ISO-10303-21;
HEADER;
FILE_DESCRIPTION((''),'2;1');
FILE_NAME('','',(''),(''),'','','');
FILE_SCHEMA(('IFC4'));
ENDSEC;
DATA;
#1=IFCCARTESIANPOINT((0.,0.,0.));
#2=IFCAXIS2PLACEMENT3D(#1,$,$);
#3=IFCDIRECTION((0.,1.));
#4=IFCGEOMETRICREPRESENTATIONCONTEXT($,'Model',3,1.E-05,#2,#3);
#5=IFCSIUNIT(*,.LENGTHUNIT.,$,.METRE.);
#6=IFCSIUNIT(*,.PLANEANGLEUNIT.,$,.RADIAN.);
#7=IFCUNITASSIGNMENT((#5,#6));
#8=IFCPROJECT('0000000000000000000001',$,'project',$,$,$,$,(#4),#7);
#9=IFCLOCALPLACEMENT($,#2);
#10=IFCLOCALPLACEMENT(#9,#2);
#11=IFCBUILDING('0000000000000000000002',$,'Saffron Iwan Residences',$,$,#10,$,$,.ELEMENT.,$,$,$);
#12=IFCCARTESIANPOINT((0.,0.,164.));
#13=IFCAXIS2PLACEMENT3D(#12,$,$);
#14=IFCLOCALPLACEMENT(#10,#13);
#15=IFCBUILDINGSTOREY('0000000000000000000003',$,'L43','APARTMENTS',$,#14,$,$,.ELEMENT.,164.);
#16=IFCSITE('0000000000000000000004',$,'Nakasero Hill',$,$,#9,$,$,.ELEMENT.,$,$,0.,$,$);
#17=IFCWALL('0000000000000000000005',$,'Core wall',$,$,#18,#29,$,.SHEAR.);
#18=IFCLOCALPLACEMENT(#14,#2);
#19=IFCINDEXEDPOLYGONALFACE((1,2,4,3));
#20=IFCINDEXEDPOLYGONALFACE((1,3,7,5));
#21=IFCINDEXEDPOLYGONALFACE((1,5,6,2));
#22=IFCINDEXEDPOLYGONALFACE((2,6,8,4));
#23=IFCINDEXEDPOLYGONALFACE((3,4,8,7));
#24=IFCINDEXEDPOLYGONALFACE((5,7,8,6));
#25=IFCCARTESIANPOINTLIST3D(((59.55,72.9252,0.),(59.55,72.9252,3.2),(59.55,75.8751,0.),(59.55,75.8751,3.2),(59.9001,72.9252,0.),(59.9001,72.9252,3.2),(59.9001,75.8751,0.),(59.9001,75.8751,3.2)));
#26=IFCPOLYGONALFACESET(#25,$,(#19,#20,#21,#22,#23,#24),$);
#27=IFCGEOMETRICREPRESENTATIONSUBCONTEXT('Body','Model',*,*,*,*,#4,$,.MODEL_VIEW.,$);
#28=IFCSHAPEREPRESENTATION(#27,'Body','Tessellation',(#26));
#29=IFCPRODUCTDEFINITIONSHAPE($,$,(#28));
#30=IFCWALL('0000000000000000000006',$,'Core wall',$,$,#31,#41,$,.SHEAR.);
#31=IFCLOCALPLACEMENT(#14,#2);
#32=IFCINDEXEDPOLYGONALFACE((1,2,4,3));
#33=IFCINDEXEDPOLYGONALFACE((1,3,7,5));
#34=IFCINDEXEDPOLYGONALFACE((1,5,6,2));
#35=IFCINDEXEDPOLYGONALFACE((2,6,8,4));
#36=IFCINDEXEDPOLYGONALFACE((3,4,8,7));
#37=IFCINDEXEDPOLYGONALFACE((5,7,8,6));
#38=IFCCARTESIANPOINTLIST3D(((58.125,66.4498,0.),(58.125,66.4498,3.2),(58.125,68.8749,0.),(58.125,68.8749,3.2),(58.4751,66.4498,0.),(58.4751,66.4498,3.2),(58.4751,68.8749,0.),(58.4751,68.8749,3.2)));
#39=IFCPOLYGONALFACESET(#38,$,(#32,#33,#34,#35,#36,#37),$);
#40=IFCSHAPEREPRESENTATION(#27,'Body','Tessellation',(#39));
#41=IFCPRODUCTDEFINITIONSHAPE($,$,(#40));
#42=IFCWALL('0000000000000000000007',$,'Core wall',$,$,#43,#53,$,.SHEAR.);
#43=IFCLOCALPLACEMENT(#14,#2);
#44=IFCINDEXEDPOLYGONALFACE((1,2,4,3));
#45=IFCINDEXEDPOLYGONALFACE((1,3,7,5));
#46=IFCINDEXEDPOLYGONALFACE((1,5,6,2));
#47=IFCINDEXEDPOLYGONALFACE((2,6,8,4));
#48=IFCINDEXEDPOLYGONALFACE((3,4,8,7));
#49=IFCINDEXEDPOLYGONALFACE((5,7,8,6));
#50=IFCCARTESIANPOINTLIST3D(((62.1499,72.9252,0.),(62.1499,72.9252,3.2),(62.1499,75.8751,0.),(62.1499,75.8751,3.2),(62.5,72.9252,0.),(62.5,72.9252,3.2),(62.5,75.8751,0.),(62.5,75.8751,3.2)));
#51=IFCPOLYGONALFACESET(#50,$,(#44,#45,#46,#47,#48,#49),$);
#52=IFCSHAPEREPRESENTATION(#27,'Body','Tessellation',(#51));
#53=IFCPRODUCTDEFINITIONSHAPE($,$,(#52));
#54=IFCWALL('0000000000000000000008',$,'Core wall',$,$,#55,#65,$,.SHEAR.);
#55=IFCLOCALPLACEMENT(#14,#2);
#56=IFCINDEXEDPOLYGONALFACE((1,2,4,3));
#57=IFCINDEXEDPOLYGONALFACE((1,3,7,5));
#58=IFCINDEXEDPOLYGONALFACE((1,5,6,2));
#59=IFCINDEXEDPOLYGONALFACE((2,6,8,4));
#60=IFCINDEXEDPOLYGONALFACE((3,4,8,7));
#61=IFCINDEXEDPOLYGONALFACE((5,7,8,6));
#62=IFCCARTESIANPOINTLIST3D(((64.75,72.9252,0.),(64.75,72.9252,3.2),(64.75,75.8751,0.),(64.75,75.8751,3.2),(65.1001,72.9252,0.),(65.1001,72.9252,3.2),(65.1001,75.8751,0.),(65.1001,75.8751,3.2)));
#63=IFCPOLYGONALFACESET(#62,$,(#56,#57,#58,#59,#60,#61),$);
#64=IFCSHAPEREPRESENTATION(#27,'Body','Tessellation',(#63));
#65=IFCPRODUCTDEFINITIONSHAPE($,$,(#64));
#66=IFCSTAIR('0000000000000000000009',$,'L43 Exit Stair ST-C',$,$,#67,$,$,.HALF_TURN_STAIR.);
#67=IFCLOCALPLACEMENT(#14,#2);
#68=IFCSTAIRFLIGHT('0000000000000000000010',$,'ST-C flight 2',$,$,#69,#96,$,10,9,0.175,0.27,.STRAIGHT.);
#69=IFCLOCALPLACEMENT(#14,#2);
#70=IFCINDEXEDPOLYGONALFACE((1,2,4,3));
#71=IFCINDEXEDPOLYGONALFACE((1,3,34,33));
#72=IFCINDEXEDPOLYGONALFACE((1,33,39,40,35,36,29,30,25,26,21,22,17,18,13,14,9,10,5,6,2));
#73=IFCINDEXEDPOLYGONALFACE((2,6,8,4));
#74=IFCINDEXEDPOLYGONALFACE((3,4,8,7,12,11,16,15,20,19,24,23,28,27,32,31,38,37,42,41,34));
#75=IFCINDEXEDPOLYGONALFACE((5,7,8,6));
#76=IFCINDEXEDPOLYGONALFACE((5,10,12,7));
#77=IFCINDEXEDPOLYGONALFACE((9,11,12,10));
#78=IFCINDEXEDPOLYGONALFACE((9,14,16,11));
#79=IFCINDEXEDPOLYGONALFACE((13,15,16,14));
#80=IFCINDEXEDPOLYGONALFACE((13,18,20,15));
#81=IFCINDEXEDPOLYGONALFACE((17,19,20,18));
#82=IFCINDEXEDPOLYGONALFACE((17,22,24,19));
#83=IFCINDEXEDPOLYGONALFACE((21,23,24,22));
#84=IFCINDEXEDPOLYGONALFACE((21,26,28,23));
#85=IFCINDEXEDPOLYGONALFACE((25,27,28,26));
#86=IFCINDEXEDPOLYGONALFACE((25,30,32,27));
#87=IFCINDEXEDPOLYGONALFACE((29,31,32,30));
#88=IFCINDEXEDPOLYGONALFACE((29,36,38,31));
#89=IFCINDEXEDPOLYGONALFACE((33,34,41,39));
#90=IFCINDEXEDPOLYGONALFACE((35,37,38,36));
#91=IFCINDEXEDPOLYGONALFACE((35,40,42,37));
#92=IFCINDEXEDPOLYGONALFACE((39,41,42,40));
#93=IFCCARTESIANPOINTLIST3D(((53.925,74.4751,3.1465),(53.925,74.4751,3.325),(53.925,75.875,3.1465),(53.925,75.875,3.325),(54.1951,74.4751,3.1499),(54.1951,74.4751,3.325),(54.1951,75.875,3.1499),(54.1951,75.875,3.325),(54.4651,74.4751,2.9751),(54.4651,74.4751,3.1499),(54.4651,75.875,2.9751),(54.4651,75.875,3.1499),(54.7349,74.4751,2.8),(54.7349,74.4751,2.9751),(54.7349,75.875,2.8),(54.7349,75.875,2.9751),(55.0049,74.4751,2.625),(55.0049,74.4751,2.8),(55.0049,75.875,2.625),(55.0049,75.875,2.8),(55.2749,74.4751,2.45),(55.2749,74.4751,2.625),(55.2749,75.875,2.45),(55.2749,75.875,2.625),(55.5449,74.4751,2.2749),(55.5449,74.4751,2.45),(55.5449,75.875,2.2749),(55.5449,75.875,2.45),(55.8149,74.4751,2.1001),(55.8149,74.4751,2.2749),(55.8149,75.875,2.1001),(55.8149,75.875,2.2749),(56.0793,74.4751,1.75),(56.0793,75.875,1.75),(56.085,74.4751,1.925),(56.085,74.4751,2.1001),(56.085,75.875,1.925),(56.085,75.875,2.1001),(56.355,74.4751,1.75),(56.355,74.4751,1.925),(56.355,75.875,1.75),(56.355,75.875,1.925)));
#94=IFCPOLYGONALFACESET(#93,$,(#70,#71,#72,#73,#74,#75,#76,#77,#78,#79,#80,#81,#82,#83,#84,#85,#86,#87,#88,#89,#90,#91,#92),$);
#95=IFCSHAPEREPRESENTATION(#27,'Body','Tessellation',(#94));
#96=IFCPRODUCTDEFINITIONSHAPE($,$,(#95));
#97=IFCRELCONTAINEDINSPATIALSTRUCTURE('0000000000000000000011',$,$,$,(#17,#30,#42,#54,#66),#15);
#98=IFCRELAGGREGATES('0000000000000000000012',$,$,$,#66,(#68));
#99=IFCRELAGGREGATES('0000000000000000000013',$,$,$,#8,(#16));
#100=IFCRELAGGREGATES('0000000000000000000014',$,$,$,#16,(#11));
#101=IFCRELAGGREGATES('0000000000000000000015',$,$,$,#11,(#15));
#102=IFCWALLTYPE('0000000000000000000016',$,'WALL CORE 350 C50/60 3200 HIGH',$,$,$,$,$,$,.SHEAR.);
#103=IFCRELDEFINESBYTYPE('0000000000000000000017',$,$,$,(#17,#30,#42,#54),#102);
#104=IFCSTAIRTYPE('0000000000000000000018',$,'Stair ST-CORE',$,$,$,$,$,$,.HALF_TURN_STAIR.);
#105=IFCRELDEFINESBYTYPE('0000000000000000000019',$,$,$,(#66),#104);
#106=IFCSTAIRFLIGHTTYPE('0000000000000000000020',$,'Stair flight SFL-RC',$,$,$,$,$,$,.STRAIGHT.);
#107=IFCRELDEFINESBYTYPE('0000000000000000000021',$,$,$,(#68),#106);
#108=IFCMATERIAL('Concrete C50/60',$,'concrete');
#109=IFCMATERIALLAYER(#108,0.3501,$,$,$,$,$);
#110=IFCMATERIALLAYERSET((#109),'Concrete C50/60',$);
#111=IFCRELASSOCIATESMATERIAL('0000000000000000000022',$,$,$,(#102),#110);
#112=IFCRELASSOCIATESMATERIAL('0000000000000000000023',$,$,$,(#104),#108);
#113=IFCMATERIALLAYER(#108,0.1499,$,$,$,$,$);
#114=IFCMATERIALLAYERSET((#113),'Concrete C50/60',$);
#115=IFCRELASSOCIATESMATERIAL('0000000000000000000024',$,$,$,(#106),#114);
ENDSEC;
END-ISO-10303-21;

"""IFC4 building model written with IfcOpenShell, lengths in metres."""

from ifc_helpers import new_model, si_unit, direction, frame, frame_2d, origin, place, context, subcontext, project, spatial, polyline, rectangle, outline, extrude, material, layer, layer_set, type_object, element, aggregate, save


model = new_model("IFC4")

# Units and contexts
model_context = context("Model", 3, precision=1e-05, world=origin(), true_north=direction((0.0, 1.0)))
body_context = subcontext(model_context, "Body", "Model", "MODEL_VIEW")
ifc_project = project(units=[si_unit("LENGTHUNIT", "METRE"), si_unit("PLANEANGLEUNIT", "RADIAN")], contexts=[model_context])

# Site, building, storey
site_placement = place(None, origin())
site = spatial("IfcSite", under=ifc_project, at=site_placement, Name="Nakasero Hill", CompositionType="ELEMENT", RefElevation=0.0)
building_placement = place(site_placement, origin())
building = spatial("IfcBuilding", under=site, at=building_placement, Name="Saffron Iwan Residences", CompositionType="ELEMENT")
storey_placement = place(building_placement, frame((0.0, 0.0, 164.0)))
storey = spatial("IfcBuildingStorey", under=building, at=storey_placement, Name="L43", Description="APARTMENTS", CompositionType="ELEMENT", Elevation=164.0)

# Shared definitions
ifc_material_1 = material(Name="Concrete C50/60", Category="concrete")

# Shared definitions
ifc_layer_1 = layer(ifc_material_1, 0.3501)
ifc_layer_set_1 = layer_set([ifc_layer_1], Name="Concrete C50/60")
wall_type_1 = type_object("IfcWallType", Name="WALL CORE 350 C50/60 3200 HIGH", PredefinedType="SHEAR", material=ifc_layer_set_1)

# Walls
wall_1_placement = place(storey_placement, frame((59.7251, 72.925, 0.0), z_axis=(0.0, 0.0, 1.0), x_axis=(0.0, 1.0, 0.0)))
element("IfcWall", 1, at=wall_1_placement, inside=storey, type_object=wall_type_1, Name="Core wall", PredefinedType="SHEAR", context=body_context, shape_type="SweptSolid", body=[
    extrude(rectangle(XDim=2.95, YDim=0.3501, at=frame_2d((1.4751, 0.0))), origin(), (0.0, 0.0, 1.0), 3.2),
])
wall_2_placement = place(storey_placement, frame((58.3, 66.45, 0.0), z_axis=(0.0, 0.0, 1.0), x_axis=(0.0, 1.0, 0.0)))
element("IfcWall", 2, at=wall_2_placement, inside=storey, type_object=wall_type_1, Name="Core wall", PredefinedType="SHEAR", context=body_context, shape_type="SweptSolid", body=[
    extrude(rectangle(XDim=2.425, YDim=0.3501, at=frame_2d((1.2124, 0.0))), origin(), (0.0, 0.0, 1.0), 3.2),
])
for number, where, z_axis, x_axis, name in (
    (3, (62.325, 72.925, 0.0), (0.0, 0.0, 1.0), (0.0, 1.0, 0.0), "Core wall"),
    (4, (64.925, 72.925, 0.0), (0.0, 0.0, 1.0), (0.0, 1.0, 0.0), "Core wall"),
):
    element("IfcWall", number, at=place(storey_placement, frame(where, z_axis=z_axis, x_axis=x_axis)), inside=storey, type_object=wall_type_1, Name=name, PredefinedType="SHEAR", context=body_context, shape_type="SweptSolid", body=[
        extrude(rectangle(XDim=2.95, YDim=0.3501, at=frame_2d((1.4751, 0.0))), origin(), (0.0, 0.0, 1.0), 3.2),
    ])

# Stair, stair flight
stair_type = type_object("IfcStairType", Name="Stair ST-CORE", PredefinedType="HALF_TURN_STAIR", material=ifc_material_1)
stair_placement = place(storey_placement, origin())
stair = element("IfcStair", 5, at=stair_placement, inside=storey, type_object=stair_type, Name="L43 Exit Stair ST-C", PredefinedType="HALF_TURN_STAIR")
ifc_layer_2 = layer(ifc_material_1, 0.1499)
ifc_layer_set_2 = layer_set([ifc_layer_2], Name="Concrete C50/60")
stair_flight_type = type_object("IfcStairFlightType", Name="Stair flight SFL-RC", PredefinedType="STRAIGHT", material=ifc_layer_set_2)
stair_flight_placement = place(storey_placement, frame((56.355, 75.175, 1.75), z_axis=(0.0, 0.0, 1.0), x_axis=(-1.0, 0.0, 0.0)))
stair_flight = element("IfcStairFlight", 6, at=stair_flight_placement, type_object=stair_flight_type, Name="ST-C flight 2", NumberOfRisers=10, NumberOfTreads=9, PredefinedType="STRAIGHT", RiserHeight=0.175, TreadLength=0.27, context=body_context, shape_type="SweptSolid", body=[
    extrude(outline(polyline([(0.0, 0.0), (0.0, 0.175), (0.27, 0.175), (0.27, 0.3501), (0.54, 0.3501), (0.54, 0.5249), (0.8101, 0.5249), (0.8101, 0.7), (1.0801, 0.7), (1.0801, 0.875), (1.3501, 0.875), (1.3501, 1.05), (1.6201, 1.05), (1.6201, 1.2251), (1.8899, 1.2251), (1.8899, 1.3999), (2.1599, 1.3999), (2.1599, 1.575), (2.4299, 1.575), (2.4299, 1.75), (2.4299, 1.3965), (0.2756, 0.0), (0.0, 0.0)])), frame((0.0, 0.7, 0.0), z_axis=(0.0, -1.0, 0.0), x_axis=(1.0, 0.0, 0.0)), (0.0, 0.0, 1.0), 1.3999),
])
aggregate(stair, [stair_flight])

save(model, "model.ifc")
